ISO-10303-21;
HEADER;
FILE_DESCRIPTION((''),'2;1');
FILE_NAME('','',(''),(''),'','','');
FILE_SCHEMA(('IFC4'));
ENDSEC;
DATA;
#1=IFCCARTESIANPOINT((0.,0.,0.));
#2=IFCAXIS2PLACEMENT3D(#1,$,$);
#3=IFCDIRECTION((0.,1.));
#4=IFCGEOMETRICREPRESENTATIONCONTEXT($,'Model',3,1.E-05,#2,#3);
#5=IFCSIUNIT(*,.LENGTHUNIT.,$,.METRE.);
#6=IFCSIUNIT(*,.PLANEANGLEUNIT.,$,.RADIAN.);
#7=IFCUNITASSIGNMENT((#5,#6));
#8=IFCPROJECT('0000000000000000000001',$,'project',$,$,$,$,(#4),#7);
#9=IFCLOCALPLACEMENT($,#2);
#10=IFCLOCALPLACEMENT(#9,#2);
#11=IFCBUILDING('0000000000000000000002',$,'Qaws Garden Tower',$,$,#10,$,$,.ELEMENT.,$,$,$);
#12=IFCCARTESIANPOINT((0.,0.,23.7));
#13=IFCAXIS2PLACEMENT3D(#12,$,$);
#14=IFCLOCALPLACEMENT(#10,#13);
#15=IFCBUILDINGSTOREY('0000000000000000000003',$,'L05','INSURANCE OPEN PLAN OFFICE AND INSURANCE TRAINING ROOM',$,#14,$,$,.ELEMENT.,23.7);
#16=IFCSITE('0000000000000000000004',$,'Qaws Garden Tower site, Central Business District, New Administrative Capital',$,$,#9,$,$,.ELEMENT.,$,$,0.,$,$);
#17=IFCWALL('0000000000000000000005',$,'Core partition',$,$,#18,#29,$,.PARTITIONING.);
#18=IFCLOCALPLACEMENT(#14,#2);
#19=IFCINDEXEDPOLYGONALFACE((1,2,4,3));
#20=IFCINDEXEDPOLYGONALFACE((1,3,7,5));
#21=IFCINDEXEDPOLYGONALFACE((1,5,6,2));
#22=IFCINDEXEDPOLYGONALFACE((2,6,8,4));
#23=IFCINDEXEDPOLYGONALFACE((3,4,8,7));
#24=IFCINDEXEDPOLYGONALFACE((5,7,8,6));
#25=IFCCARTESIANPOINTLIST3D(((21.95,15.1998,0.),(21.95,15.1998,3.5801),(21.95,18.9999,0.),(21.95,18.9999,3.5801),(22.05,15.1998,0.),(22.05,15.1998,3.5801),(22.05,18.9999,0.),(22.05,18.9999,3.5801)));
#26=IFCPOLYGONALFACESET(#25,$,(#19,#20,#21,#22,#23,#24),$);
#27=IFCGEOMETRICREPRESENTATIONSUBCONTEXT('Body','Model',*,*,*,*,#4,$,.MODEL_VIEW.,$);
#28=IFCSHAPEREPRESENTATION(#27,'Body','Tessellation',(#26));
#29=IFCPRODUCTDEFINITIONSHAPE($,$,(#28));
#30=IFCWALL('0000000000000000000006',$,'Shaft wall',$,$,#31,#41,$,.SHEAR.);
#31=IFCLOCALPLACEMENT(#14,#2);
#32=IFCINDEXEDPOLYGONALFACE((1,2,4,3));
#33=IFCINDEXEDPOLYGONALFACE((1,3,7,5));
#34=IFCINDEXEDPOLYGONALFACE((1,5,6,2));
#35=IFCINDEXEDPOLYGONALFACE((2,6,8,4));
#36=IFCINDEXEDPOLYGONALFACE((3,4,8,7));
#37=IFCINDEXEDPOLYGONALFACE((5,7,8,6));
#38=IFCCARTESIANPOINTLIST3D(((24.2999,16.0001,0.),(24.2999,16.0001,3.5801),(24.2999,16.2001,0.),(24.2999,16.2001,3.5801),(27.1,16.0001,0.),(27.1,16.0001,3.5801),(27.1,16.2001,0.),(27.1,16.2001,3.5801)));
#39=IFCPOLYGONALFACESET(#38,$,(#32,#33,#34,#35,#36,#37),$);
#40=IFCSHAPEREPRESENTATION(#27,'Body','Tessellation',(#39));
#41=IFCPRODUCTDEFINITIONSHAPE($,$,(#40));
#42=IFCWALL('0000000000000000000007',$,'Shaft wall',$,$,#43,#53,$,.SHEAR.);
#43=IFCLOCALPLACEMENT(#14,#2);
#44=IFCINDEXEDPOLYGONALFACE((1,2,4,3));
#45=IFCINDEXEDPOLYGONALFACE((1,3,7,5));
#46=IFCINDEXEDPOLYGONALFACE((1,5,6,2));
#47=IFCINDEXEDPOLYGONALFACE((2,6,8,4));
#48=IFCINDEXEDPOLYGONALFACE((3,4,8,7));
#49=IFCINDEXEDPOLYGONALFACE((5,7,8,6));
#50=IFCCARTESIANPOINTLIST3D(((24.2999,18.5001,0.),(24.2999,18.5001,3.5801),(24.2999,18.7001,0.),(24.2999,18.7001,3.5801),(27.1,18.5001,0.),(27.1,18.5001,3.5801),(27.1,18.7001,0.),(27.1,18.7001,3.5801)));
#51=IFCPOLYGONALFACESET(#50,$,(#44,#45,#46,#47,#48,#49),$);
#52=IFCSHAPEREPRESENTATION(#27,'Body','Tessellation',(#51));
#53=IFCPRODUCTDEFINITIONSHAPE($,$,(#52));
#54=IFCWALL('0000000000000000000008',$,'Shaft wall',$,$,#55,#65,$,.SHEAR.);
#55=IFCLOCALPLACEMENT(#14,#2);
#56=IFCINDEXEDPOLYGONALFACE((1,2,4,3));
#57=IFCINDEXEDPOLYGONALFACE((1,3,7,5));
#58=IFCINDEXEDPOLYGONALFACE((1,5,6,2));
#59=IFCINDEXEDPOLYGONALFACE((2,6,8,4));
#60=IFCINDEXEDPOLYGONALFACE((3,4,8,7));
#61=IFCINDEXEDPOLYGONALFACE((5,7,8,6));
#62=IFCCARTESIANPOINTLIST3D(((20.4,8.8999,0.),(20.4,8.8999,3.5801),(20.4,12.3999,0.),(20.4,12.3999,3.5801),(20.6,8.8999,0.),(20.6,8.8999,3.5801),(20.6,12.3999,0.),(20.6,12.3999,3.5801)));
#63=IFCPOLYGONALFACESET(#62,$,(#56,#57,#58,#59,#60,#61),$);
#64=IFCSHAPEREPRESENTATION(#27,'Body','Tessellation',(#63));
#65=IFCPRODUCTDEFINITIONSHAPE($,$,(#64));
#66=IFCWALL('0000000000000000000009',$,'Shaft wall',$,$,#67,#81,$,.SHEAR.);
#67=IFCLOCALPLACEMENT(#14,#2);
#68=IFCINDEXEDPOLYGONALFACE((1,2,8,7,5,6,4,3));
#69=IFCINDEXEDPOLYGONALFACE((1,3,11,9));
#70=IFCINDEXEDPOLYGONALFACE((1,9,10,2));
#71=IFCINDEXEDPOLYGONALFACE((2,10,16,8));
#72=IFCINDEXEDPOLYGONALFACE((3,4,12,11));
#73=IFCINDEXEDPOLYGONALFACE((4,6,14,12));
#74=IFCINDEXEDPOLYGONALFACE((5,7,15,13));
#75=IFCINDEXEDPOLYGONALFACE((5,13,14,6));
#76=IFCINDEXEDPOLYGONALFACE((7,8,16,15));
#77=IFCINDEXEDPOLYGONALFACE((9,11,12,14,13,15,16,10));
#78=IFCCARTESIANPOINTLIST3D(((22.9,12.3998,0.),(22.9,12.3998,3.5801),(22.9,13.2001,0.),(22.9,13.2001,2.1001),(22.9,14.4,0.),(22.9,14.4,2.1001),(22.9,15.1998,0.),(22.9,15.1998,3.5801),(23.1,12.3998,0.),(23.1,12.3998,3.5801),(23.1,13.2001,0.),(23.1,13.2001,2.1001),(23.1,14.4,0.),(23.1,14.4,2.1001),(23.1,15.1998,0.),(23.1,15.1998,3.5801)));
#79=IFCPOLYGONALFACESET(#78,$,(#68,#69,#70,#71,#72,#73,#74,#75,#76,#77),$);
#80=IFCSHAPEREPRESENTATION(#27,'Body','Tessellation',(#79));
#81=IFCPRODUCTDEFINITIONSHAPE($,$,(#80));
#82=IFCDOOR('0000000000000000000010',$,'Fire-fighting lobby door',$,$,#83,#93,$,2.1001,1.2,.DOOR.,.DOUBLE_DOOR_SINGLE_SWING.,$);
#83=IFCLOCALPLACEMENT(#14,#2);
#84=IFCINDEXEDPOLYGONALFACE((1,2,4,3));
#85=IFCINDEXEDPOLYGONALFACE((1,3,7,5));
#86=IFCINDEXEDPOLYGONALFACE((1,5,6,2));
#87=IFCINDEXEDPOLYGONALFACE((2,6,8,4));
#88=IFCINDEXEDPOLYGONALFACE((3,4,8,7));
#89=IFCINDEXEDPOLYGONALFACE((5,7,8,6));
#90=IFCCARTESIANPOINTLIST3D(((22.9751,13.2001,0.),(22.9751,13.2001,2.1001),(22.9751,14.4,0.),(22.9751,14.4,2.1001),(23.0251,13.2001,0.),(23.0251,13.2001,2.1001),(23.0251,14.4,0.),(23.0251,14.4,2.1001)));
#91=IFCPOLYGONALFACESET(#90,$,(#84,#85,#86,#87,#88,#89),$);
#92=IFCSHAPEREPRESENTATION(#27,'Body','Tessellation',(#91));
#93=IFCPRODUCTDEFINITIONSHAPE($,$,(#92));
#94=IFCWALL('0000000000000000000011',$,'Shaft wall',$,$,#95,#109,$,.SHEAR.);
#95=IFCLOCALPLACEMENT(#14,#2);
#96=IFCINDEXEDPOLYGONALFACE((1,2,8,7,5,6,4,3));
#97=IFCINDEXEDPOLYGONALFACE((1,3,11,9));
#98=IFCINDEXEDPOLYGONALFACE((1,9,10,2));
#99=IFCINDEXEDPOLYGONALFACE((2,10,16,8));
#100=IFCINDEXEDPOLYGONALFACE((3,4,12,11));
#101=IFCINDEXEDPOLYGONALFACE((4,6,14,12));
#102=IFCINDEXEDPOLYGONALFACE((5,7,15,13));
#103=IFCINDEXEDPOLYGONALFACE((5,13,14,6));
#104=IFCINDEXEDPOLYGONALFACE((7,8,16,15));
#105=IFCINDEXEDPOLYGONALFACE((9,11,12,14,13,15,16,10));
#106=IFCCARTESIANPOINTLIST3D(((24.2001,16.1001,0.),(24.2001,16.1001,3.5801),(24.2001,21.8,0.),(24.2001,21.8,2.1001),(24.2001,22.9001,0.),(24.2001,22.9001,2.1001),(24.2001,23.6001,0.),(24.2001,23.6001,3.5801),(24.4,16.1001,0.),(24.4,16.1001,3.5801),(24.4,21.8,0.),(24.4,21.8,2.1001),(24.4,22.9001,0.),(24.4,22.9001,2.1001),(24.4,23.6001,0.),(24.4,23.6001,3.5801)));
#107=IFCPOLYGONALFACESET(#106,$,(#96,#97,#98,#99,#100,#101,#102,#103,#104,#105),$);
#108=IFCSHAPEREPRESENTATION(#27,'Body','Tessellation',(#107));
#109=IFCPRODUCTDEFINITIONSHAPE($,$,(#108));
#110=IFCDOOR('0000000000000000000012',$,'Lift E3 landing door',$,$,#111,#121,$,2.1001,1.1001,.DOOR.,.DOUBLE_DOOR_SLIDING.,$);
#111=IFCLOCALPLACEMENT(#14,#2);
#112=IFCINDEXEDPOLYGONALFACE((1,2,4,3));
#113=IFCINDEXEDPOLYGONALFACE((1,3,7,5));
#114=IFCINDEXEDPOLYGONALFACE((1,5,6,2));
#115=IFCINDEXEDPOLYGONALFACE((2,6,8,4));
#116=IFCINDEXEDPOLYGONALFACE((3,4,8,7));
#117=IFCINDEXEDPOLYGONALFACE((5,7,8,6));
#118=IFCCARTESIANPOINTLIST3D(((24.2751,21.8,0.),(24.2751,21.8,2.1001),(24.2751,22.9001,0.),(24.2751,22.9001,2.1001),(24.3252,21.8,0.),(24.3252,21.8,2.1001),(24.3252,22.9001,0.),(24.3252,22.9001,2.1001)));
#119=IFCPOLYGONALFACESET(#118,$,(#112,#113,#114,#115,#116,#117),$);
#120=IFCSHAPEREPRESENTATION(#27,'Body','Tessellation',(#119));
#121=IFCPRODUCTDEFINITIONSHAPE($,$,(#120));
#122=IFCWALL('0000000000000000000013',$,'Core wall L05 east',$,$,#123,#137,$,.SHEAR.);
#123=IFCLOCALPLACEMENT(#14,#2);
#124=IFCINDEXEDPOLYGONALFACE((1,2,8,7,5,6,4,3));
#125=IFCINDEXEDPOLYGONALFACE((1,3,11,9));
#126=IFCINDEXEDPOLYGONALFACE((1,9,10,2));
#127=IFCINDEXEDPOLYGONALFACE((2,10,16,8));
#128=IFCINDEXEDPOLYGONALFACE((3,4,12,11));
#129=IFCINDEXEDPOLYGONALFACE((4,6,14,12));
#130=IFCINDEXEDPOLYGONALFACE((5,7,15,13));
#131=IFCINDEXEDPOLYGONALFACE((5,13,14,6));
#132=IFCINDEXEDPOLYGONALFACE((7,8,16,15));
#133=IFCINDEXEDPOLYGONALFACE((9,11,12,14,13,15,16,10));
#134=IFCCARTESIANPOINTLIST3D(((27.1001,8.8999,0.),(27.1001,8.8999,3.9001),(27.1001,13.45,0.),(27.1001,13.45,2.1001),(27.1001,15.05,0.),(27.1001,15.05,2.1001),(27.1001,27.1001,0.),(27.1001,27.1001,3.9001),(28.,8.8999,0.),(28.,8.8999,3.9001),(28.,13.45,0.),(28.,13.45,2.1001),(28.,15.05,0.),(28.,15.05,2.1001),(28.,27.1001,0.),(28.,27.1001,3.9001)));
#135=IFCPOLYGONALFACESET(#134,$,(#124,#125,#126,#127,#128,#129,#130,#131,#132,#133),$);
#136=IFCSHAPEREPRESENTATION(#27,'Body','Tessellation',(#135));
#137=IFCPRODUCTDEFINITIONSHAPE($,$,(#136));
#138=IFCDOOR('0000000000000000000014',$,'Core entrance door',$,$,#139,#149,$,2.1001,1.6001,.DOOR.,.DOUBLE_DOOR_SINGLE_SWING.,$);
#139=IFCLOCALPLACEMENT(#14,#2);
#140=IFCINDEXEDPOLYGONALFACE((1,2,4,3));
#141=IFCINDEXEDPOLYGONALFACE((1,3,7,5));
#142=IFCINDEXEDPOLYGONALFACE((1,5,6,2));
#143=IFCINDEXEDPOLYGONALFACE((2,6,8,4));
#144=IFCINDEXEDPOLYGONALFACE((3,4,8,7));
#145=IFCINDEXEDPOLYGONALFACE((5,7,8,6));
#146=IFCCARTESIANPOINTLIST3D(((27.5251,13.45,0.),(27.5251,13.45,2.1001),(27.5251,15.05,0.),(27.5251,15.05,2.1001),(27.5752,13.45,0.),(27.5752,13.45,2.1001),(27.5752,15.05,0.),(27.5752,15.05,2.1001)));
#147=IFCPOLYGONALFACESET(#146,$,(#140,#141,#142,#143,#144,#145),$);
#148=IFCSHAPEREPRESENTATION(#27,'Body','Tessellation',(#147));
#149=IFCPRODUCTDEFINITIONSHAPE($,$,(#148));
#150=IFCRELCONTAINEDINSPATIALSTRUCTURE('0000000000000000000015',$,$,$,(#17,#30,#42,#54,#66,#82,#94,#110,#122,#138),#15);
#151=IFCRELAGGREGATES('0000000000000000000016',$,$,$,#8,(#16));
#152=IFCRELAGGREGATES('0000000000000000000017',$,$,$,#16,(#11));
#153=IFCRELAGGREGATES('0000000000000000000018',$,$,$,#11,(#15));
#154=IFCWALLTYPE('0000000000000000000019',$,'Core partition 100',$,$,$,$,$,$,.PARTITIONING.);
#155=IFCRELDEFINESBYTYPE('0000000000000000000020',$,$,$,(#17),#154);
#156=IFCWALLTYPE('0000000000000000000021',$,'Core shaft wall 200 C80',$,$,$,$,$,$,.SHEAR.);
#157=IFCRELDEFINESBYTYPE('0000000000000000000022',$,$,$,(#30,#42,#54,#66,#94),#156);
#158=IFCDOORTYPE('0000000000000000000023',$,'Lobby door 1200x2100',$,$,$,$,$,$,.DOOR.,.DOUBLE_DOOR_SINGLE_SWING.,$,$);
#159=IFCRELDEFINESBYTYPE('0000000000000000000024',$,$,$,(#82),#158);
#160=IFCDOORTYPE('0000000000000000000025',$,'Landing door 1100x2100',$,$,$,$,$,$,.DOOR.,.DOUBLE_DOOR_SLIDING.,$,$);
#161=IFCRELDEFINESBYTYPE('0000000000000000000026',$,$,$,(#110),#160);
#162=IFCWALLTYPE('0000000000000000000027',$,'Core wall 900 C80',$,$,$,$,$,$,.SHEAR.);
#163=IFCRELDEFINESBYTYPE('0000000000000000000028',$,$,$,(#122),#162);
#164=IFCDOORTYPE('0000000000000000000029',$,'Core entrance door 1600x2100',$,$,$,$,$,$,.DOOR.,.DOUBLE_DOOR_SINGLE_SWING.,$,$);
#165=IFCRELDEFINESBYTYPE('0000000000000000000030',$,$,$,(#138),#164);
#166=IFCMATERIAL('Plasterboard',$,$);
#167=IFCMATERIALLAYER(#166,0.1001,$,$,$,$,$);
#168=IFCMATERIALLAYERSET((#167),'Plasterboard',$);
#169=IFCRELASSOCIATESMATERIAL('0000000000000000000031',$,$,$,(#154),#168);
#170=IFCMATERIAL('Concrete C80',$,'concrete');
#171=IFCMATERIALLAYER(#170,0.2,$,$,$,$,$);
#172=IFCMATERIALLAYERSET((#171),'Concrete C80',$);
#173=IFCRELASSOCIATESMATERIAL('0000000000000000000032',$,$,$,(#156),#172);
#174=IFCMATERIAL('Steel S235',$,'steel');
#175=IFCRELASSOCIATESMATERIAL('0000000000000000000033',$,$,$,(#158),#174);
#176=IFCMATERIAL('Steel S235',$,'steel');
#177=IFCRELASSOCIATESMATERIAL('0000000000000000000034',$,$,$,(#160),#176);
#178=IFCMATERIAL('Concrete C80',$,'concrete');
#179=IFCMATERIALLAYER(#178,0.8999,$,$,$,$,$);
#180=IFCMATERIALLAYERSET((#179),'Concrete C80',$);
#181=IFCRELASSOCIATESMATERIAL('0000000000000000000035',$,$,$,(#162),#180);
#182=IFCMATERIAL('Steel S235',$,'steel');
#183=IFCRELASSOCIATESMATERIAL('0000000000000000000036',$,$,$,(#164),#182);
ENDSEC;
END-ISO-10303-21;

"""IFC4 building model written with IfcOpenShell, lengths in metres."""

from ifc_helpers import new_model, si_unit, direction, frame, frame_2d, origin, place, context, subcontext, project, spatial, rectangle, extrude, material, layer, layer_set, type_object, element, fill, save


model = new_model("IFC4")

# Units and contexts
model_context = context("Model", 3, precision=1e-05, world=origin(), true_north=direction((0.0, 1.0)))
body_context = subcontext(model_context, "Body", "Model", "MODEL_VIEW")
ifc_project = project(units=[si_unit("LENGTHUNIT", "METRE"), si_unit("PLANEANGLEUNIT", "RADIAN")], contexts=[model_context])

# Site, building, storey
site_placement = place(None, origin())
site = spatial("IfcSite", under=ifc_project, at=site_placement, Name="Qaws Garden Tower site, Central Business District, New Administrative Capital", CompositionType="ELEMENT", RefElevation=0.0)
building_placement = place(site_placement, origin())
building = spatial("IfcBuilding", under=site, at=building_placement, Name="Qaws Garden Tower", CompositionType="ELEMENT")
storey_placement = place(building_placement, frame((0.0, 0.0, 23.7)))
storey = spatial("IfcBuildingStorey", under=building, at=storey_placement, Name="L05", Description="INSURANCE OPEN PLAN OFFICE AND INSURANCE TRAINING ROOM", CompositionType="ELEMENT", Elevation=23.7)

# Shared definitions
ifc_material_1 = material(Name="Plasterboard")
ifc_layer_1 = layer(ifc_material_1, 0.1001)
ifc_layer_set_1 = layer_set([ifc_layer_1], Name="Plasterboard")
wall_type_1 = type_object("IfcWallType", Name="Core partition 100", PredefinedType="PARTITIONING", material=ifc_layer_set_1)

# Walls
wall_1_placement = place(storey_placement, frame((22.0, 15.2, 0.0), z_axis=(0.0, 0.0, 1.0), x_axis=(0.0, 1.0, 0.0)))
element("IfcWall", 1, at=wall_1_placement, inside=storey, type_object=wall_type_1, Name="Core partition", PredefinedType="PARTITIONING", context=body_context, shape_type="SweptSolid", body=[
    extrude(rectangle(XDim=3.8, YDim=0.1001, at=frame_2d((1.8999, 0.0))), origin(), (0.0, 0.0, 1.0), 3.5801),
])
ifc_material_2 = material(Name="Concrete C80", Category="concrete")
ifc_layer_2 = layer(ifc_material_2, 0.2)
ifc_layer_set_2 = layer_set([ifc_layer_2], Name="Concrete C80")
wall_type_2 = type_object("IfcWallType", Name="Core shaft wall 200 C80", PredefinedType="SHEAR", material=ifc_layer_set_2)
for number, where, z_axis, x_axis, name in (
    (2, (24.3, 16.1001, 0.0), (0.0, 0.0, 1.0), (1.0, 0.0, 0.0), "Shaft wall"),
    (3, (24.3, 18.6001, 0.0), (0.0, 0.0, 1.0), (1.0, 0.0, 0.0), "Shaft wall"),
):
    element("IfcWall", number, at=place(storey_placement, frame(where, z_axis=z_axis, x_axis=x_axis)), inside=storey, type_object=wall_type_2, Name=name, PredefinedType="SHEAR", context=body_context, shape_type="SweptSolid", body=[
        extrude(rectangle(XDim=2.8, YDim=0.2, at=frame_2d((1.3999, 0.0))), origin(), (0.0, 0.0, 1.0), 3.5801),
    ])
wall_2_placement = place(storey_placement, frame((20.5, 8.8999, 0.0), z_axis=(0.0, 0.0, 1.0), x_axis=(0.0, 1.0, 0.0)))
element("IfcWall", 4, at=wall_2_placement, inside=storey, type_object=wall_type_2, Name="Shaft wall", PredefinedType="SHEAR", context=body_context, shape_type="SweptSolid", body=[
    extrude(rectangle(XDim=3.5, YDim=0.2, at=frame_2d((1.75, 0.0))), origin(), (0.0, 0.0, 1.0), 3.5801),
])

# Walls, openings, doors
wall_3_placement = place(storey_placement, frame((23.0, 12.3999, 0.0), z_axis=(0.0, 0.0, 1.0), x_axis=(0.0, 1.0, 0.0)))
wall_3 = element("IfcWall", 5, at=wall_3_placement, inside=storey, type_object=wall_type_2, Name="Shaft wall", PredefinedType="SHEAR", context=body_context, shape_type="SweptSolid", body=[
    extrude(rectangle(XDim=2.8, YDim=0.2, at=frame_2d((1.3999, 0.0))), origin(), (0.0, 0.0, 1.0), 3.5801),
])
opening_1_placement = place(wall_3_placement, frame((0.8, 0.0, 0.0)))
opening_1 = element("IfcOpeningElement", 6, at=opening_1_placement, cuts=wall_3, PredefinedType="OPENING", context=body_context, shape_type="SweptSolid", body=[
    extrude(rectangle(XDim=1.2, YDim=2.1001, at=frame_2d((0.6001, 1.05))), frame((0.0, 0.1099, 0.0), z_axis=(0.0, -1.0, 0.0), x_axis=(1.0, 0.0, 0.0)), (0.0, 0.0, 1.0), 0.22),
])
ifc_material_3 = material(Name="Steel S235", Category="steel")
door_type_1 = type_object("IfcDoorType", Name="Lobby door 1200x2100", OperationType="DOUBLE_DOOR_SINGLE_SWING", PredefinedType="DOOR", material=ifc_material_3)
door_1_placement = place(opening_1_placement, origin())
door_1 = element("IfcDoor", 7, at=door_1_placement, inside=storey, type_object=door_type_1, Name="Fire-fighting lobby door", OperationType="DOUBLE_DOOR_SINGLE_SWING", OverallHeight=2.1001, OverallWidth=1.2, PredefinedType="DOOR", context=body_context, shape_type="SweptSolid", body=[
    extrude(rectangle(XDim=1.2, YDim=2.1001, at=frame_2d((0.6001, 1.05))), frame((0.0, 0.0249, 0.0), z_axis=(0.0, -1.0, 0.0), x_axis=(1.0, 0.0, 0.0)), (0.0, 0.0, 1.0), 0.05),
])
fill(opening_1, door_1)
wall_4_placement = place(storey_placement, frame((24.3, 16.1001, 0.0), z_axis=(0.0, 0.0, 1.0), x_axis=(0.0, 1.0, 0.0)))
wall_4 = element("IfcWall", 8, at=wall_4_placement, inside=storey, type_object=wall_type_2, Name="Shaft wall", PredefinedType="SHEAR", context=body_context, shape_type="SweptSolid", body=[
    extrude(rectangle(XDim=7.5, YDim=0.2, at=frame_2d((3.75, 0.0))), origin(), (0.0, 0.0, 1.0), 3.5801),
])
opening_2_placement = place(wall_4_placement, frame((5.7, 0.0, 0.0)))
opening_2 = element("IfcOpeningElement", 9, at=opening_2_placement, cuts=wall_4, PredefinedType="OPENING", context=body_context, shape_type="SweptSolid", body=[
    extrude(rectangle(XDim=1.1001, YDim=2.1001, at=frame_2d((0.55, 1.05))), frame((0.0, 0.1099, 0.0), z_axis=(0.0, -1.0, 0.0), x_axis=(1.0, 0.0, 0.0)), (0.0, 0.0, 1.0), 0.22),
])
ifc_material_4 = material(Name="Steel S235", Category="steel")
door_type_2 = type_object("IfcDoorType", Name="Landing door 1100x2100", OperationType="DOUBLE_DOOR_SLIDING", PredefinedType="DOOR", material=ifc_material_4)
door_2_placement = place(opening_2_placement, origin())
door_2 = element("IfcDoor", 10, at=door_2_placement, inside=storey, type_object=door_type_2, Name="Lift E3 landing door", OperationType="DOUBLE_DOOR_SLIDING", OverallHeight=2.1001, OverallWidth=1.1001, PredefinedType="DOOR", context=body_context, shape_type="SweptSolid", body=[
    extrude(rectangle(XDim=1.1001, YDim=2.1001, at=frame_2d((0.55, 1.05))), frame((0.0, 0.0249, 0.0), z_axis=(0.0, -1.0, 0.0), x_axis=(1.0, 0.0, 0.0)), (0.0, 0.0, 1.0), 0.05),
])
fill(opening_2, door_2)
ifc_material_5 = material(Name="Concrete C80", Category="concrete")
ifc_layer_3 = layer(ifc_material_5, 0.8999)
ifc_layer_set_3 = layer_set([ifc_layer_3], Name="Concrete C80")
wall_type_3 = type_object("IfcWallType", Name="Core wall 900 C80", PredefinedType="SHEAR", material=ifc_layer_set_3)
wall_5_placement = place(storey_placement, frame((27.55, 8.8999, 0.0), z_axis=(0.0, 0.0, 1.0), x_axis=(0.0, 1.0, 0.0)))
wall_5 = element("IfcWall", 11, at=wall_5_placement, inside=storey, type_object=wall_type_3, Name="Core wall L05 east", PredefinedType="SHEAR", context=body_context, shape_type="SweptSolid", body=[
    extrude(rectangle(XDim=18.2002, YDim=0.8999, at=frame_2d((9.1001, 0.0))), origin(), (0.0, 0.0, 1.0), 3.9001),
])
opening_3_placement = place(wall_5_placement, frame((4.55, 0.0, 0.0)))
opening_3 = element("IfcOpeningElement", 12, at=opening_3_placement, cuts=wall_5, PredefinedType="OPENING", context=body_context, shape_type="SweptSolid", body=[
    extrude(rectangle(XDim=1.6001, YDim=2.1001, at=frame_2d((0.8, 1.05))), frame((0.0, 0.46, 0.0), z_axis=(0.0, -1.0, 0.0), x_axis=(1.0, 0.0, 0.0)), (0.0, 0.0, 1.0), 0.9199),
])
ifc_material_6 = material(Name="Steel S235", Category="steel")
door_type_3 = type_object("IfcDoorType", Name="Core entrance door 1600x2100", OperationType="DOUBLE_DOOR_SINGLE_SWING", PredefinedType="DOOR", material=ifc_material_6)
door_3_placement = place(opening_3_placement, origin())
door_3 = element("IfcDoor", 13, at=door_3_placement, inside=storey, type_object=door_type_3, Name="Core entrance door", OperationType="DOUBLE_DOOR_SINGLE_SWING", OverallHeight=2.1001, OverallWidth=1.6001, PredefinedType="DOOR", context=body_context, shape_type="SweptSolid", body=[
    extrude(rectangle(XDim=1.6001, YDim=2.1001, at=frame_2d((0.8, 1.05))), frame((0.0, 0.0249, 0.0), z_axis=(0.0, -1.0, 0.0), x_axis=(1.0, 0.0, 0.0)), (0.0, 0.0, 1.0), 0.05),
])
fill(opening_3, door_3)

save(model, "model.ifc")
